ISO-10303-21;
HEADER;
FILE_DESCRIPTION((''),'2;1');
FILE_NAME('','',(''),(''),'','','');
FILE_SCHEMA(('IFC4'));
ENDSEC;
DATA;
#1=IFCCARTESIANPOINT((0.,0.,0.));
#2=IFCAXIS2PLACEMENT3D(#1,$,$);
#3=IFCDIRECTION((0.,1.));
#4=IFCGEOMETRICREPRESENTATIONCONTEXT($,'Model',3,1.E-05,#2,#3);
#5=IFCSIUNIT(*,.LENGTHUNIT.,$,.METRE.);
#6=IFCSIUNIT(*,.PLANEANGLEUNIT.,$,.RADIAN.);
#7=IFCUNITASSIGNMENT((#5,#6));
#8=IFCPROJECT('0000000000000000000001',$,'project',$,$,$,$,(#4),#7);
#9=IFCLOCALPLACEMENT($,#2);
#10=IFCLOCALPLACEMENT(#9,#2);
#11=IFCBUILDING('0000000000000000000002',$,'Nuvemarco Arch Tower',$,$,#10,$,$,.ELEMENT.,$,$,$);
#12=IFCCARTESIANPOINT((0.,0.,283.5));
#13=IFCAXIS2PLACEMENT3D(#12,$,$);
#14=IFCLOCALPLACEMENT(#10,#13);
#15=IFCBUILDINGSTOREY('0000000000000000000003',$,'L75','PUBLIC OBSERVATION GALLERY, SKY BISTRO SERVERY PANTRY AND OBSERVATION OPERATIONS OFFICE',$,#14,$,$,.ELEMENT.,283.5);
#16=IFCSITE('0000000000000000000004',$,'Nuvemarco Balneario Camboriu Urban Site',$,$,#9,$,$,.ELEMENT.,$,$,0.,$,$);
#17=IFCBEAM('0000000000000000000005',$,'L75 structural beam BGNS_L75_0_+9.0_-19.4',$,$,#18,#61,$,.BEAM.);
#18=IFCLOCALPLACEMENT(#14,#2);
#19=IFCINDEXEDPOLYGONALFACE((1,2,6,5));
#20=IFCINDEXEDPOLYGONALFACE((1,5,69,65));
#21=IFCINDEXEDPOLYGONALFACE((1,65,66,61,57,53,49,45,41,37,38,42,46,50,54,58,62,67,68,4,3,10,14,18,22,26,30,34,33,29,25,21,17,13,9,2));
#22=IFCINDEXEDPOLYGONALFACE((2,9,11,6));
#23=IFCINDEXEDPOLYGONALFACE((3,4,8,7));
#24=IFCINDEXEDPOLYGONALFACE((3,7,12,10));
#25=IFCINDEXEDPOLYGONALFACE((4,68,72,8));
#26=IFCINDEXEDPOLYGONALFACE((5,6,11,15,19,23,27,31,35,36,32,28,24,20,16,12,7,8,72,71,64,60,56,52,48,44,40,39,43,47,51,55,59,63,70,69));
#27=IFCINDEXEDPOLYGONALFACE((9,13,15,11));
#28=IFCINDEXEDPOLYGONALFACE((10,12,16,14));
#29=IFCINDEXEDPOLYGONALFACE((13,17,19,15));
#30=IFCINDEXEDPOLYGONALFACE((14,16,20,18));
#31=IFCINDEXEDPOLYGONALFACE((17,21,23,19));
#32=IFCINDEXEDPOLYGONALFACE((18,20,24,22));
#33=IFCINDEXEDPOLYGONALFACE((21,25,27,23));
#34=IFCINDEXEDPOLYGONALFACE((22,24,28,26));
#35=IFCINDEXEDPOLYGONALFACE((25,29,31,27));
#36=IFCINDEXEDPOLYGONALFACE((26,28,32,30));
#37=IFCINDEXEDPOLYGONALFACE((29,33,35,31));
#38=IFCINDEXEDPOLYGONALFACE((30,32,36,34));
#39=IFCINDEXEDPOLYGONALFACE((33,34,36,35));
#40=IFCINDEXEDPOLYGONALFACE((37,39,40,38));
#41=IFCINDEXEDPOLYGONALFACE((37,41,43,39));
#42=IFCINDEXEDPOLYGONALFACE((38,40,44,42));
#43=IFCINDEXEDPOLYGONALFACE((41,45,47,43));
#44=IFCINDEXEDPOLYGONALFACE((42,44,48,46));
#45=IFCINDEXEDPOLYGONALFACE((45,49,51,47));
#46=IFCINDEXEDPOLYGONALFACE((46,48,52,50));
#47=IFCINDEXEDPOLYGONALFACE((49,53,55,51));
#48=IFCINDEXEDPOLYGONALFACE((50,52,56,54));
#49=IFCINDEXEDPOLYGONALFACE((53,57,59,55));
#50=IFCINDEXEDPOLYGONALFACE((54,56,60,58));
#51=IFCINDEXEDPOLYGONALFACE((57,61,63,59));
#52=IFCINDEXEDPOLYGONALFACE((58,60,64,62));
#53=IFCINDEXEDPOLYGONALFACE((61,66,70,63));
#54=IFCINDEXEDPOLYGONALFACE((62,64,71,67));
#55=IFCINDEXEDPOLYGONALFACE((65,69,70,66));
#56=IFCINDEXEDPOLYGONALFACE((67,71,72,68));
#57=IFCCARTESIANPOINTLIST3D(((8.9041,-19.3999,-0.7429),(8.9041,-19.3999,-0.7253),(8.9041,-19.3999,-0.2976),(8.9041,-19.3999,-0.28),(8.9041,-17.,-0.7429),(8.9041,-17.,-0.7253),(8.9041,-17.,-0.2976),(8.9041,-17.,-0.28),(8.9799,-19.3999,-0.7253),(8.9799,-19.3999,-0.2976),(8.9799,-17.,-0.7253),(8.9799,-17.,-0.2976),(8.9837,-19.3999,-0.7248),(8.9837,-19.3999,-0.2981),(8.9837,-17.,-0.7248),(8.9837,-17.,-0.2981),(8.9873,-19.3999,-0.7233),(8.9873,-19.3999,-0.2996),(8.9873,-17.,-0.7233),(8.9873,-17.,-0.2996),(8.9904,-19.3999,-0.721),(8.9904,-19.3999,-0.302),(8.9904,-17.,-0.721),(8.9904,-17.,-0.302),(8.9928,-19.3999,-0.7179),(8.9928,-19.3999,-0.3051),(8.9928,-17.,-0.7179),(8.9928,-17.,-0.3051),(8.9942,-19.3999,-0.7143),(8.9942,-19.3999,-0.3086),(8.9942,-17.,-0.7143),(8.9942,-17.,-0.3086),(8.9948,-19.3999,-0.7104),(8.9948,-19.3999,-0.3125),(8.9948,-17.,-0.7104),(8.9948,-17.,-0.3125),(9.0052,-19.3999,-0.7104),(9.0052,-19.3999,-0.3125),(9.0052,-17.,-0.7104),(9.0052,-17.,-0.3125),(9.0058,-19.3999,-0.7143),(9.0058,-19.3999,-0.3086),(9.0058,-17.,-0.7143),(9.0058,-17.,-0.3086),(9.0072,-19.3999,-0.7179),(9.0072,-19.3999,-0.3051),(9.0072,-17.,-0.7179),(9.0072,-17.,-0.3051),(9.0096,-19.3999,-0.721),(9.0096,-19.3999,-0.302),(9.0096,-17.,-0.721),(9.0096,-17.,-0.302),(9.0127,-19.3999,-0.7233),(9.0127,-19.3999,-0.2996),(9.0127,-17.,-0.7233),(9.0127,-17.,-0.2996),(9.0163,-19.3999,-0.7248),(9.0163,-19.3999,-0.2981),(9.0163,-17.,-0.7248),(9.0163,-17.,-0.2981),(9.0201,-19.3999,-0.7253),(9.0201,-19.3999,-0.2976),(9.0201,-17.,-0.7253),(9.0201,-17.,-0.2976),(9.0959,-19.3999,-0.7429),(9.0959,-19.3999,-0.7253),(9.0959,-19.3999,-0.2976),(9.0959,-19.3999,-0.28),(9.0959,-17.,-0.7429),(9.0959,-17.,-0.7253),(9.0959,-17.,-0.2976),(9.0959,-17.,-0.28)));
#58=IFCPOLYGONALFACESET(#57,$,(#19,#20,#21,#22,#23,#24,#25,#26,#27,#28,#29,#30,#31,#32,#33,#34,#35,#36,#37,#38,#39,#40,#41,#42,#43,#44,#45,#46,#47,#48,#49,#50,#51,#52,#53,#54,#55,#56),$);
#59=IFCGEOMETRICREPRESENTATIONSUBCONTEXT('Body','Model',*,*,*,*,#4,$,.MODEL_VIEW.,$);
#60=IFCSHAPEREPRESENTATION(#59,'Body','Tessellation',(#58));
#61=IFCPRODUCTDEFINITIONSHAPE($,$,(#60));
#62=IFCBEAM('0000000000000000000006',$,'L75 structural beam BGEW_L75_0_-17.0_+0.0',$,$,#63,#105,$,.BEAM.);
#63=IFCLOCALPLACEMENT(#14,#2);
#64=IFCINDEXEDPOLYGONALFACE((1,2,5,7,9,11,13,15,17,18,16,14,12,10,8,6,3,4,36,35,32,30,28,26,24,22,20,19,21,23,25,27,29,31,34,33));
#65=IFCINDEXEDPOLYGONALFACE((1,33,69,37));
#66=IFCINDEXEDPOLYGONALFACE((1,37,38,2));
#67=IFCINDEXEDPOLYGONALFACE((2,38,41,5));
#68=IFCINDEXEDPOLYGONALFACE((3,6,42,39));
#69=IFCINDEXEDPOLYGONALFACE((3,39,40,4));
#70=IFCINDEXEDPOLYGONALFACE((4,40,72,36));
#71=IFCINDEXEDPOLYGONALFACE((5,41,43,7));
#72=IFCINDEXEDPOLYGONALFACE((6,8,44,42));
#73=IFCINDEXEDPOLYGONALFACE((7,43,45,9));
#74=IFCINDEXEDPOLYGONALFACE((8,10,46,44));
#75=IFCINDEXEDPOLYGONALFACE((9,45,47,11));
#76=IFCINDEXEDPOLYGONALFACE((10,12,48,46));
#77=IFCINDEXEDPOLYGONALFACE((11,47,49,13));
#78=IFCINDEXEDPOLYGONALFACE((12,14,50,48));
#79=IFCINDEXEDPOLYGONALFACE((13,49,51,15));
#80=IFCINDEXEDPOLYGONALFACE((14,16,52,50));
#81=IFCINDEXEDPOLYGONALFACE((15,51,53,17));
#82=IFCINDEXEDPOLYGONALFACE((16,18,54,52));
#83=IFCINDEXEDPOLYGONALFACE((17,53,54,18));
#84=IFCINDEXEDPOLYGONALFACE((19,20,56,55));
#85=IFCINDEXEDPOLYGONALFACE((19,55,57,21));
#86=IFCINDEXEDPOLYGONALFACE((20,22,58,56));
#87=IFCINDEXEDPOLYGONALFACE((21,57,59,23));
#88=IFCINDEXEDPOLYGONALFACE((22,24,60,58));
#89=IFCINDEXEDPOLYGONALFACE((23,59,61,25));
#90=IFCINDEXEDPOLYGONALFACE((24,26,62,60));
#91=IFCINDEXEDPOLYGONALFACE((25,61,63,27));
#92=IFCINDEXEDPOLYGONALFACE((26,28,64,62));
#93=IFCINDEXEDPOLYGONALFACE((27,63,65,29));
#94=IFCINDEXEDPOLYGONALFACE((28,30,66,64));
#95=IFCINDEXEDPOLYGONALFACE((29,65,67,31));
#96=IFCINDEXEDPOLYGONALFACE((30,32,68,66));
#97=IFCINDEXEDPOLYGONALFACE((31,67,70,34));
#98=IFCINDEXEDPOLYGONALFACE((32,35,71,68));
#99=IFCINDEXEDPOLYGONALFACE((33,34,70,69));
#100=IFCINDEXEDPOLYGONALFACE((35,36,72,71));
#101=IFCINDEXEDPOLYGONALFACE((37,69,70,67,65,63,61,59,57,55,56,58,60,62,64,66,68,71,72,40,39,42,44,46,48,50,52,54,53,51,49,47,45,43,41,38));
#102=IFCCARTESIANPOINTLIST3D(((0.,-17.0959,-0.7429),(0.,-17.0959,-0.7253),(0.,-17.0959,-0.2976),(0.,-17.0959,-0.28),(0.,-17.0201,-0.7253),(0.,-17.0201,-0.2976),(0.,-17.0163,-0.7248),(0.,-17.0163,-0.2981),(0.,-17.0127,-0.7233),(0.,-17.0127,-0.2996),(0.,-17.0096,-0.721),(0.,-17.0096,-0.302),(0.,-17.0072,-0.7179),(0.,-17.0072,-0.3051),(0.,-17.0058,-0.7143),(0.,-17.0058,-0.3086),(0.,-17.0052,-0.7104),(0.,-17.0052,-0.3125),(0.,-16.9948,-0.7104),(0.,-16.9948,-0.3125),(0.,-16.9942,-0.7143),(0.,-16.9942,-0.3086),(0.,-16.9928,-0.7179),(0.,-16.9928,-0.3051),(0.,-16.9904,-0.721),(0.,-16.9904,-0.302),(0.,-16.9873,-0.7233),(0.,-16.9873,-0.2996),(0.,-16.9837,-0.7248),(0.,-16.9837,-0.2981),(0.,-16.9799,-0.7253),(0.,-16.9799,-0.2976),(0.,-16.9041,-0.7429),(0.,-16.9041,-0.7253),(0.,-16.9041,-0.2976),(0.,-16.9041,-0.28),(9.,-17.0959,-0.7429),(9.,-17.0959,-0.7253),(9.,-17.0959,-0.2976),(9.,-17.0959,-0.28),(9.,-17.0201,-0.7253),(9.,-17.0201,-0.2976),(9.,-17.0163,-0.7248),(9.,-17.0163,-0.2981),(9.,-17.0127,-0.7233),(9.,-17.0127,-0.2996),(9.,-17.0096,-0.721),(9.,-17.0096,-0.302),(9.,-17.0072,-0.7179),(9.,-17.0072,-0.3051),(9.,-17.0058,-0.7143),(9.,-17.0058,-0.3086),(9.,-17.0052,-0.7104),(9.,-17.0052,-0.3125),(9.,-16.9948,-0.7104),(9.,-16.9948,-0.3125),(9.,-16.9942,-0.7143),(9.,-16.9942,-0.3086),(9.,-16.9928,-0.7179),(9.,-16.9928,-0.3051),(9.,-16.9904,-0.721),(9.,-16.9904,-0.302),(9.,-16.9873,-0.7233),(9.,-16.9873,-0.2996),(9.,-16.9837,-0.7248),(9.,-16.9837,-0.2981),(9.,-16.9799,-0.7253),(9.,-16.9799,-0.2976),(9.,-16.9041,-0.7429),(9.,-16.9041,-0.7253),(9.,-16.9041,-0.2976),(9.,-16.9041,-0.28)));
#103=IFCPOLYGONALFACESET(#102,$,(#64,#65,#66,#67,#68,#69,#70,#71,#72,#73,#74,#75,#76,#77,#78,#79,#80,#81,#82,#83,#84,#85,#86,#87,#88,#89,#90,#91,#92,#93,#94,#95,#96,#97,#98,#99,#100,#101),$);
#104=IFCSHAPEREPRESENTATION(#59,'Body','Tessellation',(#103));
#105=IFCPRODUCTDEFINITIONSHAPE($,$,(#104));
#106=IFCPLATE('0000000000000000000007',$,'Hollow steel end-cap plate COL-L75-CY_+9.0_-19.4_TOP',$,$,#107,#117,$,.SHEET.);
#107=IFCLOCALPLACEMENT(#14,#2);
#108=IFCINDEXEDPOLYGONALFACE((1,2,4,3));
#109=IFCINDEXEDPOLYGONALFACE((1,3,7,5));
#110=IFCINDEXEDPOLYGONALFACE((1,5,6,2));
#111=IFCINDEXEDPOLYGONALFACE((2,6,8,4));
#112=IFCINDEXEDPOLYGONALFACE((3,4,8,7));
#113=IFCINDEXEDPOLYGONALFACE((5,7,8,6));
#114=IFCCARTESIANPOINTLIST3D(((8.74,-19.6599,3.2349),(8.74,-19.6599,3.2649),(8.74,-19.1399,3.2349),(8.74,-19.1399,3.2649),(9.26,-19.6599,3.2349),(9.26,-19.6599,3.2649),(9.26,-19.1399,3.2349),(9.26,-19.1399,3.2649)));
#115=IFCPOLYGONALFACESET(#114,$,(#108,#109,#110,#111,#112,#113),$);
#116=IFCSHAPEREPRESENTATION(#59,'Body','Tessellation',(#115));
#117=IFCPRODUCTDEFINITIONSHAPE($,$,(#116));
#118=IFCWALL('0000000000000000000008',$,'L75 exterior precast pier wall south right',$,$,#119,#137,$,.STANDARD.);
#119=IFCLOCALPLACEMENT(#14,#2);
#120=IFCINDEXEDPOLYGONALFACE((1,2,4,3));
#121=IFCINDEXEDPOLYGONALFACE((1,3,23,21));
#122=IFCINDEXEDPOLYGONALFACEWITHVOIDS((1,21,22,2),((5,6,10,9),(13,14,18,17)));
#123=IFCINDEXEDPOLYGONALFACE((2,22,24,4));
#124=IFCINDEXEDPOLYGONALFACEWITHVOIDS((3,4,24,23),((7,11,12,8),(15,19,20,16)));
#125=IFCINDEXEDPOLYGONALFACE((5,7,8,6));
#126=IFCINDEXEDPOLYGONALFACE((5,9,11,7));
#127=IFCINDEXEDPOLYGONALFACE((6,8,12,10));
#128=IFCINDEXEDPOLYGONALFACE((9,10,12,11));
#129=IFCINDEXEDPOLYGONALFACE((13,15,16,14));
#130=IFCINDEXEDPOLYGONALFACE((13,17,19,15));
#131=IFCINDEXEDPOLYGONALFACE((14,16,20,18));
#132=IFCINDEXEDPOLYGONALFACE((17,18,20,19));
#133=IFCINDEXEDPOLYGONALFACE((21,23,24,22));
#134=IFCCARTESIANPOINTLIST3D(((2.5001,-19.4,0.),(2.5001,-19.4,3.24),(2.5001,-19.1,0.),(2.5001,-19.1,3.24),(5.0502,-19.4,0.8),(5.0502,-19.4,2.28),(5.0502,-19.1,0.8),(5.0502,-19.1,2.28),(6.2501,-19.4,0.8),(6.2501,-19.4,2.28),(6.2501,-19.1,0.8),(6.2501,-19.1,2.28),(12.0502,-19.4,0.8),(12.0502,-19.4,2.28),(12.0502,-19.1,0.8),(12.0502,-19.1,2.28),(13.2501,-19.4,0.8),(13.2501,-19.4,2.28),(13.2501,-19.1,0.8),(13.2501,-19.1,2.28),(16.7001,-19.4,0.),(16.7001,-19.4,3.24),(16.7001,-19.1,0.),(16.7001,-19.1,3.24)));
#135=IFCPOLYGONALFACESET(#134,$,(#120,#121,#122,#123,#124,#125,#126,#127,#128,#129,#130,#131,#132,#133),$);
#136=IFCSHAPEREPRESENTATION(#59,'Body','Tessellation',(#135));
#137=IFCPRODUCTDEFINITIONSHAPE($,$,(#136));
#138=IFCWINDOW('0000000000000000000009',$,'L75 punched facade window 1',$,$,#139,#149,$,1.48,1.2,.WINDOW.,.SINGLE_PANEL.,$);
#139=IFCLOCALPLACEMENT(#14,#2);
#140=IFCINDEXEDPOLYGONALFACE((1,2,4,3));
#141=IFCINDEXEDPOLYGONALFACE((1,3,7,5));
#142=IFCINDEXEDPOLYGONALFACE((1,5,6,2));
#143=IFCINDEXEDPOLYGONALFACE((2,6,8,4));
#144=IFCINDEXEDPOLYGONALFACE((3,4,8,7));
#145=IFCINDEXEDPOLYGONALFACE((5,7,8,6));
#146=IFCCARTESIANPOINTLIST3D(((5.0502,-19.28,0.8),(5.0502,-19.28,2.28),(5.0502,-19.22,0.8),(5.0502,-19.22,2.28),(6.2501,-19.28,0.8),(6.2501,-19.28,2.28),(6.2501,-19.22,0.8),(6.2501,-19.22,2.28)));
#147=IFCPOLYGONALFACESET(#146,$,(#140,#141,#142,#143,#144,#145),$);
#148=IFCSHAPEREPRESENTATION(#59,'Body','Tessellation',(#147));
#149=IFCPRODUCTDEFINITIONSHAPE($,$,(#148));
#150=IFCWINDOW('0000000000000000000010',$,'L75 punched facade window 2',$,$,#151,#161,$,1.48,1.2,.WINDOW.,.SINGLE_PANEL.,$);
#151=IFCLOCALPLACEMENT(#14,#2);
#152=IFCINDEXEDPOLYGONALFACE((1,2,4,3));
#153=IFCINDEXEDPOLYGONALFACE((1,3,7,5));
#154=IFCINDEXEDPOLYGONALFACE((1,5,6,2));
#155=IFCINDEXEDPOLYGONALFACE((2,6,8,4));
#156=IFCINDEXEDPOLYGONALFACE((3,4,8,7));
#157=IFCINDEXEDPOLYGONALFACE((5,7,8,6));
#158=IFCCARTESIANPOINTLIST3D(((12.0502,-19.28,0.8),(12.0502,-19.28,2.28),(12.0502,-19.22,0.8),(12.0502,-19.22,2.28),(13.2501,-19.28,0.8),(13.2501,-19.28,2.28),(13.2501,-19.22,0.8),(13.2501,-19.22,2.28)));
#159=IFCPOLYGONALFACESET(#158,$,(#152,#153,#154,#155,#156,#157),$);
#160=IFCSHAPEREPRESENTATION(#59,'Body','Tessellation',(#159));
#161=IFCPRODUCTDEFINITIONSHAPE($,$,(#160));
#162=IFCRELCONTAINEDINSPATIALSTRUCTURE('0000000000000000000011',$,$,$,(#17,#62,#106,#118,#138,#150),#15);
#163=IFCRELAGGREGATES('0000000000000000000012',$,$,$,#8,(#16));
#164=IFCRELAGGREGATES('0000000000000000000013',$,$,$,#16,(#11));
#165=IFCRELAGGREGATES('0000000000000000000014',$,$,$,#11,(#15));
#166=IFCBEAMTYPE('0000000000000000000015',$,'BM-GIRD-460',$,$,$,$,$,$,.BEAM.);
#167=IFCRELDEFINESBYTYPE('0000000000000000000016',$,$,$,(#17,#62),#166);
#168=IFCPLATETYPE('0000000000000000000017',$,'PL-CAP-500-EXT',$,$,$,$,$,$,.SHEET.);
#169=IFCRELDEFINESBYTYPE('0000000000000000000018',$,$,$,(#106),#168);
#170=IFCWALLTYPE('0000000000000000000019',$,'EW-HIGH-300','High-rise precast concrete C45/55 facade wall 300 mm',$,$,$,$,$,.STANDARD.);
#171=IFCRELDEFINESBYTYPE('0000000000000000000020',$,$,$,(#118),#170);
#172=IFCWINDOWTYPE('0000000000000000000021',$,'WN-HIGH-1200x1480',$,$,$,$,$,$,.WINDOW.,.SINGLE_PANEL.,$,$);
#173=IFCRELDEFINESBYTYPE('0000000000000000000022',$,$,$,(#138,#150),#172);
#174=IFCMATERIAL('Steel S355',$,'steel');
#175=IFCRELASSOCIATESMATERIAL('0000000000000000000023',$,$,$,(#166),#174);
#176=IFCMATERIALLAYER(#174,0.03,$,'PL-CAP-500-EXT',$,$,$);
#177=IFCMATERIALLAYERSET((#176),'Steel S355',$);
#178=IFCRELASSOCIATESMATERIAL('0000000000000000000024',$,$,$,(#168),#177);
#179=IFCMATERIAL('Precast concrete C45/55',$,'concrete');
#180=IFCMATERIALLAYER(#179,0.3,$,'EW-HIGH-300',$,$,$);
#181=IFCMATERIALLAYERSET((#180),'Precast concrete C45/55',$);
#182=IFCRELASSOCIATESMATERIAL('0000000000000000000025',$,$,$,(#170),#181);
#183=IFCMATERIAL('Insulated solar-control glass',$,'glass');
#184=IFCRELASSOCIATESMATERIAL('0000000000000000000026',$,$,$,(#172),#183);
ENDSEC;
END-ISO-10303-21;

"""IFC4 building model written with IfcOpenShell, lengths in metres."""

from ifc_helpers import new_model, si_unit, direction, frame, frame_2d, origin, origin_2d, place, context, subcontext, project, spatial, rectangle, i_section, extrude, source, transform, mapped, material, layer, layer_set, material_profile, profile_set, type_object, type_shapes, element, fill, save


model = new_model("IFC4")

# Units and contexts
model_context = context("Model", 3, precision=1e-05, world=origin(), true_north=direction((0.0, 1.0)))
body_context = subcontext(model_context, "Body", "Model", "MODEL_VIEW")
ifc_project = project(units=[si_unit("LENGTHUNIT", "METRE"), si_unit("PLANEANGLEUNIT", "RADIAN")], contexts=[model_context])

# Site, building, storey
site_placement = place(None, origin())
site = spatial("IfcSite", under=ifc_project, at=site_placement, Name="Nuvemarco Balneario Camboriu Urban Site", CompositionType="ELEMENT", RefElevation=0.0)
building_placement = place(site_placement, origin())
building = spatial("IfcBuilding", under=site, at=building_placement, Name="Nuvemarco Arch Tower", CompositionType="ELEMENT")
storey_placement = place(building_placement, frame((0.0, 0.0, 283.5)))
storey = spatial("IfcBuildingStorey", under=building, at=storey_placement, Name="L75", Description="PUBLIC OBSERVATION GALLERY, SKY BISTRO SERVERY PANTRY AND OBSERVATION OPERATIONS OFFICE", CompositionType="ELEMENT", Elevation=283.5)

# Shared definitions
ifc_material_1 = material(Name="Steel S355", Category="steel")

# Beams
ifc_material_profile_1 = material_profile(ifc_material_1, i_section(OverallWidth=0.1919, OverallDepth=0.4629, WebThickness=0.0105, FlangeThickness=0.0176, FilletRadius=0.0149, at=origin_2d()), Name="W460x89")
ifc_profile_set_1 = profile_set([ifc_material_profile_1], Name="Steel S355")
beam_type = type_object("IfcBeamType", Name="BM-GIRD-460", PredefinedType="BEAM", material=ifc_profile_set_1)
beam_1_placement = place(storey_placement, frame((9.0, -19.3999, -0.5115), z_axis=(0.0, 1.0, 0.0), x_axis=(-1.0, 0.0, 0.0)))
element("IfcBeam", 1, at=beam_1_placement, inside=storey, type_object=beam_type, Name="L75 structural beam BGNS_L75_0_+9.0_-19.4", PredefinedType="BEAM", context=body_context, shape_type="SweptSolid", body=[
    extrude(i_section(OverallWidth=0.1919, OverallDepth=0.4629, WebThickness=0.0105, FlangeThickness=0.0176, FilletRadius=0.0149, at=origin_2d()), origin(), (0.0, 0.0, 1.0), 2.3999),
])
beam_2_placement = place(storey_placement, frame((0.0, -17.0, -0.5115), z_axis=(1.0, 0.0, 0.0), x_axis=(0.0, 1.0, 0.0)))
element("IfcBeam", 2, at=beam_2_placement, inside=storey, type_object=beam_type, Name="L75 structural beam BGEW_L75_0_-17.0_+0.0", PredefinedType="BEAM", context=body_context, shape_type="SweptSolid", body=[
    extrude(i_section(OverallWidth=0.1919, OverallDepth=0.4629, WebThickness=0.0105, FlangeThickness=0.0176, FilletRadius=0.0149, at=origin_2d()), origin(), (0.0, 0.0, 1.0), 9.0),
])

# Plate
ifc_layer_1 = layer(ifc_material_1, 0.03, Name="PL-CAP-500-EXT")
ifc_layer_set_1 = layer_set([ifc_layer_1], Name="Steel S355")
plate_type = type_object("IfcPlateType", Name="PL-CAP-500-EXT", PredefinedType="SHEET", material=ifc_layer_set_1)
shared_shape_1 = source(origin(), body_context, "Body", "SweptSolid", [
    extrude(rectangle(XDim=0.52, YDim=0.52, at=origin_2d()), origin(), (0.0, 0.0, 1.0), 0.03),
])
type_shapes(plate_type, [shared_shape_1])
plate_placement = place(storey_placement, frame((9.0, -19.3999, 3.2349), z_axis=(0.0, 0.0, 1.0), x_axis=(1.0, 0.0, 0.0)))
element("IfcPlate", 3, at=plate_placement, inside=storey, type_object=plate_type, Name="Hollow steel end-cap plate COL-L75-CY_+9.0_-19.4_TOP", PredefinedType="SHEET", context=body_context, shape_type="MappedRepresentation", body=[
    mapped(shared_shape_1, transform((0.0, 0.0, 0.0), scale=1.0)),
])

# Wall, openings, windows
ifc_material_2 = material(Name="Precast concrete C45/55", Category="concrete")
ifc_layer_2 = layer(ifc_material_2, 0.3, Name="EW-HIGH-300")
ifc_layer_set_2 = layer_set([ifc_layer_2], Name="Precast concrete C45/55")
wall_type_1 = type_object("IfcWallType", Name="EW-HIGH-300", Description="High-rise precast concrete C45/55 facade wall 300 mm", PredefinedType="STANDARD", material=ifc_layer_set_2)
wall_1_placement = place(storey_placement, frame((2.5, -19.25, 0.0), z_axis=(0.0, 0.0, 1.0), x_axis=(1.0, 0.0, 0.0)))
wall_1 = element("IfcWall", 4, at=wall_1_placement, inside=storey, type_object=wall_type_1, Name="L75 exterior precast pier wall south right", PredefinedType="STANDARD", context=body_context, shape_type="SweptSolid", body=[
    extrude(rectangle(XDim=14.2, YDim=0.3, at=frame_2d((7.1001, 0.0))), origin(), (0.0, 0.0, 1.0), 3.24),
])
opening_1_placement = place(wall_1_placement, frame((2.55, 0.0, 0.8)))
opening_1 = element("IfcOpeningElement", 5, at=opening_1_placement, cuts=wall_1, PredefinedType="OPENING", context=body_context, shape_type="SweptSolid", body=[
    extrude(rectangle(XDim=1.2, YDim=1.48, at=frame_2d((0.6001, 0.74))), frame((0.0, 0.1599, 0.0), z_axis=(0.0, -1.0, 0.0), x_axis=(1.0, 0.0, 0.0)), (0.0, 0.0, 1.0), 0.3201),
])
opening_2_placement = place(wall_1_placement, frame((9.55, 0.0, 0.8)))
opening_2 = element("IfcOpeningElement", 6, at=opening_2_placement, cuts=wall_1, PredefinedType="OPENING", context=body_context, shape_type="SweptSolid", body=[
    extrude(rectangle(XDim=1.2, YDim=1.48, at=frame_2d((0.6001, 0.74))), frame((0.0, 0.1599, 0.0), z_axis=(0.0, -1.0, 0.0), x_axis=(1.0, 0.0, 0.0)), (0.0, 0.0, 1.0), 0.3201),
])
ifc_material_3 = material(Name="Insulated solar-control glass", Category="glass")
window_type = type_object("IfcWindowType", Name="WN-HIGH-1200x1480", PartitioningType="SINGLE_PANEL", PredefinedType="WINDOW", material=ifc_material_3)
shared_shape_2 = source(origin(), body_context, "Body", "SweptSolid", [
    extrude(rectangle(XDim=1.2, YDim=1.48, at=frame_2d((0.6001, 0.74))), frame((0.0, 0.03, 0.0), z_axis=(0.0, -1.0, 0.0), x_axis=(1.0, 0.0, 0.0)), (0.0, 0.0, 1.0), 0.0601),
])
type_shapes(window_type, [shared_shape_2])
window_1_placement = place(opening_1_placement, origin())
window_1 = element("IfcWindow", 7, at=window_1_placement, inside=storey, type_object=window_type, Name="L75 punched facade window 1", OverallHeight=1.48, OverallWidth=1.2, PartitioningType="SINGLE_PANEL", PredefinedType="WINDOW", context=body_context, shape_type="MappedRepresentation", body=[
    mapped(shared_shape_2, transform((0.0, 0.0, 0.0), scale=1.0)),
])
fill(opening_1, window_1)
window_2_placement = place(opening_2_placement, origin())
window_2 = element("IfcWindow", 8, at=window_2_placement, inside=storey, type_object=window_type, Name="L75 punched facade window 2", OverallHeight=1.48, OverallWidth=1.2, PartitioningType="SINGLE_PANEL", PredefinedType="WINDOW", context=body_context, shape_type="MappedRepresentation", body=[
    mapped(shared_shape_2, transform((0.0, 0.0, 0.0), scale=1.0)),
])
fill(opening_2, window_2)

save(model, "model.ifc")
